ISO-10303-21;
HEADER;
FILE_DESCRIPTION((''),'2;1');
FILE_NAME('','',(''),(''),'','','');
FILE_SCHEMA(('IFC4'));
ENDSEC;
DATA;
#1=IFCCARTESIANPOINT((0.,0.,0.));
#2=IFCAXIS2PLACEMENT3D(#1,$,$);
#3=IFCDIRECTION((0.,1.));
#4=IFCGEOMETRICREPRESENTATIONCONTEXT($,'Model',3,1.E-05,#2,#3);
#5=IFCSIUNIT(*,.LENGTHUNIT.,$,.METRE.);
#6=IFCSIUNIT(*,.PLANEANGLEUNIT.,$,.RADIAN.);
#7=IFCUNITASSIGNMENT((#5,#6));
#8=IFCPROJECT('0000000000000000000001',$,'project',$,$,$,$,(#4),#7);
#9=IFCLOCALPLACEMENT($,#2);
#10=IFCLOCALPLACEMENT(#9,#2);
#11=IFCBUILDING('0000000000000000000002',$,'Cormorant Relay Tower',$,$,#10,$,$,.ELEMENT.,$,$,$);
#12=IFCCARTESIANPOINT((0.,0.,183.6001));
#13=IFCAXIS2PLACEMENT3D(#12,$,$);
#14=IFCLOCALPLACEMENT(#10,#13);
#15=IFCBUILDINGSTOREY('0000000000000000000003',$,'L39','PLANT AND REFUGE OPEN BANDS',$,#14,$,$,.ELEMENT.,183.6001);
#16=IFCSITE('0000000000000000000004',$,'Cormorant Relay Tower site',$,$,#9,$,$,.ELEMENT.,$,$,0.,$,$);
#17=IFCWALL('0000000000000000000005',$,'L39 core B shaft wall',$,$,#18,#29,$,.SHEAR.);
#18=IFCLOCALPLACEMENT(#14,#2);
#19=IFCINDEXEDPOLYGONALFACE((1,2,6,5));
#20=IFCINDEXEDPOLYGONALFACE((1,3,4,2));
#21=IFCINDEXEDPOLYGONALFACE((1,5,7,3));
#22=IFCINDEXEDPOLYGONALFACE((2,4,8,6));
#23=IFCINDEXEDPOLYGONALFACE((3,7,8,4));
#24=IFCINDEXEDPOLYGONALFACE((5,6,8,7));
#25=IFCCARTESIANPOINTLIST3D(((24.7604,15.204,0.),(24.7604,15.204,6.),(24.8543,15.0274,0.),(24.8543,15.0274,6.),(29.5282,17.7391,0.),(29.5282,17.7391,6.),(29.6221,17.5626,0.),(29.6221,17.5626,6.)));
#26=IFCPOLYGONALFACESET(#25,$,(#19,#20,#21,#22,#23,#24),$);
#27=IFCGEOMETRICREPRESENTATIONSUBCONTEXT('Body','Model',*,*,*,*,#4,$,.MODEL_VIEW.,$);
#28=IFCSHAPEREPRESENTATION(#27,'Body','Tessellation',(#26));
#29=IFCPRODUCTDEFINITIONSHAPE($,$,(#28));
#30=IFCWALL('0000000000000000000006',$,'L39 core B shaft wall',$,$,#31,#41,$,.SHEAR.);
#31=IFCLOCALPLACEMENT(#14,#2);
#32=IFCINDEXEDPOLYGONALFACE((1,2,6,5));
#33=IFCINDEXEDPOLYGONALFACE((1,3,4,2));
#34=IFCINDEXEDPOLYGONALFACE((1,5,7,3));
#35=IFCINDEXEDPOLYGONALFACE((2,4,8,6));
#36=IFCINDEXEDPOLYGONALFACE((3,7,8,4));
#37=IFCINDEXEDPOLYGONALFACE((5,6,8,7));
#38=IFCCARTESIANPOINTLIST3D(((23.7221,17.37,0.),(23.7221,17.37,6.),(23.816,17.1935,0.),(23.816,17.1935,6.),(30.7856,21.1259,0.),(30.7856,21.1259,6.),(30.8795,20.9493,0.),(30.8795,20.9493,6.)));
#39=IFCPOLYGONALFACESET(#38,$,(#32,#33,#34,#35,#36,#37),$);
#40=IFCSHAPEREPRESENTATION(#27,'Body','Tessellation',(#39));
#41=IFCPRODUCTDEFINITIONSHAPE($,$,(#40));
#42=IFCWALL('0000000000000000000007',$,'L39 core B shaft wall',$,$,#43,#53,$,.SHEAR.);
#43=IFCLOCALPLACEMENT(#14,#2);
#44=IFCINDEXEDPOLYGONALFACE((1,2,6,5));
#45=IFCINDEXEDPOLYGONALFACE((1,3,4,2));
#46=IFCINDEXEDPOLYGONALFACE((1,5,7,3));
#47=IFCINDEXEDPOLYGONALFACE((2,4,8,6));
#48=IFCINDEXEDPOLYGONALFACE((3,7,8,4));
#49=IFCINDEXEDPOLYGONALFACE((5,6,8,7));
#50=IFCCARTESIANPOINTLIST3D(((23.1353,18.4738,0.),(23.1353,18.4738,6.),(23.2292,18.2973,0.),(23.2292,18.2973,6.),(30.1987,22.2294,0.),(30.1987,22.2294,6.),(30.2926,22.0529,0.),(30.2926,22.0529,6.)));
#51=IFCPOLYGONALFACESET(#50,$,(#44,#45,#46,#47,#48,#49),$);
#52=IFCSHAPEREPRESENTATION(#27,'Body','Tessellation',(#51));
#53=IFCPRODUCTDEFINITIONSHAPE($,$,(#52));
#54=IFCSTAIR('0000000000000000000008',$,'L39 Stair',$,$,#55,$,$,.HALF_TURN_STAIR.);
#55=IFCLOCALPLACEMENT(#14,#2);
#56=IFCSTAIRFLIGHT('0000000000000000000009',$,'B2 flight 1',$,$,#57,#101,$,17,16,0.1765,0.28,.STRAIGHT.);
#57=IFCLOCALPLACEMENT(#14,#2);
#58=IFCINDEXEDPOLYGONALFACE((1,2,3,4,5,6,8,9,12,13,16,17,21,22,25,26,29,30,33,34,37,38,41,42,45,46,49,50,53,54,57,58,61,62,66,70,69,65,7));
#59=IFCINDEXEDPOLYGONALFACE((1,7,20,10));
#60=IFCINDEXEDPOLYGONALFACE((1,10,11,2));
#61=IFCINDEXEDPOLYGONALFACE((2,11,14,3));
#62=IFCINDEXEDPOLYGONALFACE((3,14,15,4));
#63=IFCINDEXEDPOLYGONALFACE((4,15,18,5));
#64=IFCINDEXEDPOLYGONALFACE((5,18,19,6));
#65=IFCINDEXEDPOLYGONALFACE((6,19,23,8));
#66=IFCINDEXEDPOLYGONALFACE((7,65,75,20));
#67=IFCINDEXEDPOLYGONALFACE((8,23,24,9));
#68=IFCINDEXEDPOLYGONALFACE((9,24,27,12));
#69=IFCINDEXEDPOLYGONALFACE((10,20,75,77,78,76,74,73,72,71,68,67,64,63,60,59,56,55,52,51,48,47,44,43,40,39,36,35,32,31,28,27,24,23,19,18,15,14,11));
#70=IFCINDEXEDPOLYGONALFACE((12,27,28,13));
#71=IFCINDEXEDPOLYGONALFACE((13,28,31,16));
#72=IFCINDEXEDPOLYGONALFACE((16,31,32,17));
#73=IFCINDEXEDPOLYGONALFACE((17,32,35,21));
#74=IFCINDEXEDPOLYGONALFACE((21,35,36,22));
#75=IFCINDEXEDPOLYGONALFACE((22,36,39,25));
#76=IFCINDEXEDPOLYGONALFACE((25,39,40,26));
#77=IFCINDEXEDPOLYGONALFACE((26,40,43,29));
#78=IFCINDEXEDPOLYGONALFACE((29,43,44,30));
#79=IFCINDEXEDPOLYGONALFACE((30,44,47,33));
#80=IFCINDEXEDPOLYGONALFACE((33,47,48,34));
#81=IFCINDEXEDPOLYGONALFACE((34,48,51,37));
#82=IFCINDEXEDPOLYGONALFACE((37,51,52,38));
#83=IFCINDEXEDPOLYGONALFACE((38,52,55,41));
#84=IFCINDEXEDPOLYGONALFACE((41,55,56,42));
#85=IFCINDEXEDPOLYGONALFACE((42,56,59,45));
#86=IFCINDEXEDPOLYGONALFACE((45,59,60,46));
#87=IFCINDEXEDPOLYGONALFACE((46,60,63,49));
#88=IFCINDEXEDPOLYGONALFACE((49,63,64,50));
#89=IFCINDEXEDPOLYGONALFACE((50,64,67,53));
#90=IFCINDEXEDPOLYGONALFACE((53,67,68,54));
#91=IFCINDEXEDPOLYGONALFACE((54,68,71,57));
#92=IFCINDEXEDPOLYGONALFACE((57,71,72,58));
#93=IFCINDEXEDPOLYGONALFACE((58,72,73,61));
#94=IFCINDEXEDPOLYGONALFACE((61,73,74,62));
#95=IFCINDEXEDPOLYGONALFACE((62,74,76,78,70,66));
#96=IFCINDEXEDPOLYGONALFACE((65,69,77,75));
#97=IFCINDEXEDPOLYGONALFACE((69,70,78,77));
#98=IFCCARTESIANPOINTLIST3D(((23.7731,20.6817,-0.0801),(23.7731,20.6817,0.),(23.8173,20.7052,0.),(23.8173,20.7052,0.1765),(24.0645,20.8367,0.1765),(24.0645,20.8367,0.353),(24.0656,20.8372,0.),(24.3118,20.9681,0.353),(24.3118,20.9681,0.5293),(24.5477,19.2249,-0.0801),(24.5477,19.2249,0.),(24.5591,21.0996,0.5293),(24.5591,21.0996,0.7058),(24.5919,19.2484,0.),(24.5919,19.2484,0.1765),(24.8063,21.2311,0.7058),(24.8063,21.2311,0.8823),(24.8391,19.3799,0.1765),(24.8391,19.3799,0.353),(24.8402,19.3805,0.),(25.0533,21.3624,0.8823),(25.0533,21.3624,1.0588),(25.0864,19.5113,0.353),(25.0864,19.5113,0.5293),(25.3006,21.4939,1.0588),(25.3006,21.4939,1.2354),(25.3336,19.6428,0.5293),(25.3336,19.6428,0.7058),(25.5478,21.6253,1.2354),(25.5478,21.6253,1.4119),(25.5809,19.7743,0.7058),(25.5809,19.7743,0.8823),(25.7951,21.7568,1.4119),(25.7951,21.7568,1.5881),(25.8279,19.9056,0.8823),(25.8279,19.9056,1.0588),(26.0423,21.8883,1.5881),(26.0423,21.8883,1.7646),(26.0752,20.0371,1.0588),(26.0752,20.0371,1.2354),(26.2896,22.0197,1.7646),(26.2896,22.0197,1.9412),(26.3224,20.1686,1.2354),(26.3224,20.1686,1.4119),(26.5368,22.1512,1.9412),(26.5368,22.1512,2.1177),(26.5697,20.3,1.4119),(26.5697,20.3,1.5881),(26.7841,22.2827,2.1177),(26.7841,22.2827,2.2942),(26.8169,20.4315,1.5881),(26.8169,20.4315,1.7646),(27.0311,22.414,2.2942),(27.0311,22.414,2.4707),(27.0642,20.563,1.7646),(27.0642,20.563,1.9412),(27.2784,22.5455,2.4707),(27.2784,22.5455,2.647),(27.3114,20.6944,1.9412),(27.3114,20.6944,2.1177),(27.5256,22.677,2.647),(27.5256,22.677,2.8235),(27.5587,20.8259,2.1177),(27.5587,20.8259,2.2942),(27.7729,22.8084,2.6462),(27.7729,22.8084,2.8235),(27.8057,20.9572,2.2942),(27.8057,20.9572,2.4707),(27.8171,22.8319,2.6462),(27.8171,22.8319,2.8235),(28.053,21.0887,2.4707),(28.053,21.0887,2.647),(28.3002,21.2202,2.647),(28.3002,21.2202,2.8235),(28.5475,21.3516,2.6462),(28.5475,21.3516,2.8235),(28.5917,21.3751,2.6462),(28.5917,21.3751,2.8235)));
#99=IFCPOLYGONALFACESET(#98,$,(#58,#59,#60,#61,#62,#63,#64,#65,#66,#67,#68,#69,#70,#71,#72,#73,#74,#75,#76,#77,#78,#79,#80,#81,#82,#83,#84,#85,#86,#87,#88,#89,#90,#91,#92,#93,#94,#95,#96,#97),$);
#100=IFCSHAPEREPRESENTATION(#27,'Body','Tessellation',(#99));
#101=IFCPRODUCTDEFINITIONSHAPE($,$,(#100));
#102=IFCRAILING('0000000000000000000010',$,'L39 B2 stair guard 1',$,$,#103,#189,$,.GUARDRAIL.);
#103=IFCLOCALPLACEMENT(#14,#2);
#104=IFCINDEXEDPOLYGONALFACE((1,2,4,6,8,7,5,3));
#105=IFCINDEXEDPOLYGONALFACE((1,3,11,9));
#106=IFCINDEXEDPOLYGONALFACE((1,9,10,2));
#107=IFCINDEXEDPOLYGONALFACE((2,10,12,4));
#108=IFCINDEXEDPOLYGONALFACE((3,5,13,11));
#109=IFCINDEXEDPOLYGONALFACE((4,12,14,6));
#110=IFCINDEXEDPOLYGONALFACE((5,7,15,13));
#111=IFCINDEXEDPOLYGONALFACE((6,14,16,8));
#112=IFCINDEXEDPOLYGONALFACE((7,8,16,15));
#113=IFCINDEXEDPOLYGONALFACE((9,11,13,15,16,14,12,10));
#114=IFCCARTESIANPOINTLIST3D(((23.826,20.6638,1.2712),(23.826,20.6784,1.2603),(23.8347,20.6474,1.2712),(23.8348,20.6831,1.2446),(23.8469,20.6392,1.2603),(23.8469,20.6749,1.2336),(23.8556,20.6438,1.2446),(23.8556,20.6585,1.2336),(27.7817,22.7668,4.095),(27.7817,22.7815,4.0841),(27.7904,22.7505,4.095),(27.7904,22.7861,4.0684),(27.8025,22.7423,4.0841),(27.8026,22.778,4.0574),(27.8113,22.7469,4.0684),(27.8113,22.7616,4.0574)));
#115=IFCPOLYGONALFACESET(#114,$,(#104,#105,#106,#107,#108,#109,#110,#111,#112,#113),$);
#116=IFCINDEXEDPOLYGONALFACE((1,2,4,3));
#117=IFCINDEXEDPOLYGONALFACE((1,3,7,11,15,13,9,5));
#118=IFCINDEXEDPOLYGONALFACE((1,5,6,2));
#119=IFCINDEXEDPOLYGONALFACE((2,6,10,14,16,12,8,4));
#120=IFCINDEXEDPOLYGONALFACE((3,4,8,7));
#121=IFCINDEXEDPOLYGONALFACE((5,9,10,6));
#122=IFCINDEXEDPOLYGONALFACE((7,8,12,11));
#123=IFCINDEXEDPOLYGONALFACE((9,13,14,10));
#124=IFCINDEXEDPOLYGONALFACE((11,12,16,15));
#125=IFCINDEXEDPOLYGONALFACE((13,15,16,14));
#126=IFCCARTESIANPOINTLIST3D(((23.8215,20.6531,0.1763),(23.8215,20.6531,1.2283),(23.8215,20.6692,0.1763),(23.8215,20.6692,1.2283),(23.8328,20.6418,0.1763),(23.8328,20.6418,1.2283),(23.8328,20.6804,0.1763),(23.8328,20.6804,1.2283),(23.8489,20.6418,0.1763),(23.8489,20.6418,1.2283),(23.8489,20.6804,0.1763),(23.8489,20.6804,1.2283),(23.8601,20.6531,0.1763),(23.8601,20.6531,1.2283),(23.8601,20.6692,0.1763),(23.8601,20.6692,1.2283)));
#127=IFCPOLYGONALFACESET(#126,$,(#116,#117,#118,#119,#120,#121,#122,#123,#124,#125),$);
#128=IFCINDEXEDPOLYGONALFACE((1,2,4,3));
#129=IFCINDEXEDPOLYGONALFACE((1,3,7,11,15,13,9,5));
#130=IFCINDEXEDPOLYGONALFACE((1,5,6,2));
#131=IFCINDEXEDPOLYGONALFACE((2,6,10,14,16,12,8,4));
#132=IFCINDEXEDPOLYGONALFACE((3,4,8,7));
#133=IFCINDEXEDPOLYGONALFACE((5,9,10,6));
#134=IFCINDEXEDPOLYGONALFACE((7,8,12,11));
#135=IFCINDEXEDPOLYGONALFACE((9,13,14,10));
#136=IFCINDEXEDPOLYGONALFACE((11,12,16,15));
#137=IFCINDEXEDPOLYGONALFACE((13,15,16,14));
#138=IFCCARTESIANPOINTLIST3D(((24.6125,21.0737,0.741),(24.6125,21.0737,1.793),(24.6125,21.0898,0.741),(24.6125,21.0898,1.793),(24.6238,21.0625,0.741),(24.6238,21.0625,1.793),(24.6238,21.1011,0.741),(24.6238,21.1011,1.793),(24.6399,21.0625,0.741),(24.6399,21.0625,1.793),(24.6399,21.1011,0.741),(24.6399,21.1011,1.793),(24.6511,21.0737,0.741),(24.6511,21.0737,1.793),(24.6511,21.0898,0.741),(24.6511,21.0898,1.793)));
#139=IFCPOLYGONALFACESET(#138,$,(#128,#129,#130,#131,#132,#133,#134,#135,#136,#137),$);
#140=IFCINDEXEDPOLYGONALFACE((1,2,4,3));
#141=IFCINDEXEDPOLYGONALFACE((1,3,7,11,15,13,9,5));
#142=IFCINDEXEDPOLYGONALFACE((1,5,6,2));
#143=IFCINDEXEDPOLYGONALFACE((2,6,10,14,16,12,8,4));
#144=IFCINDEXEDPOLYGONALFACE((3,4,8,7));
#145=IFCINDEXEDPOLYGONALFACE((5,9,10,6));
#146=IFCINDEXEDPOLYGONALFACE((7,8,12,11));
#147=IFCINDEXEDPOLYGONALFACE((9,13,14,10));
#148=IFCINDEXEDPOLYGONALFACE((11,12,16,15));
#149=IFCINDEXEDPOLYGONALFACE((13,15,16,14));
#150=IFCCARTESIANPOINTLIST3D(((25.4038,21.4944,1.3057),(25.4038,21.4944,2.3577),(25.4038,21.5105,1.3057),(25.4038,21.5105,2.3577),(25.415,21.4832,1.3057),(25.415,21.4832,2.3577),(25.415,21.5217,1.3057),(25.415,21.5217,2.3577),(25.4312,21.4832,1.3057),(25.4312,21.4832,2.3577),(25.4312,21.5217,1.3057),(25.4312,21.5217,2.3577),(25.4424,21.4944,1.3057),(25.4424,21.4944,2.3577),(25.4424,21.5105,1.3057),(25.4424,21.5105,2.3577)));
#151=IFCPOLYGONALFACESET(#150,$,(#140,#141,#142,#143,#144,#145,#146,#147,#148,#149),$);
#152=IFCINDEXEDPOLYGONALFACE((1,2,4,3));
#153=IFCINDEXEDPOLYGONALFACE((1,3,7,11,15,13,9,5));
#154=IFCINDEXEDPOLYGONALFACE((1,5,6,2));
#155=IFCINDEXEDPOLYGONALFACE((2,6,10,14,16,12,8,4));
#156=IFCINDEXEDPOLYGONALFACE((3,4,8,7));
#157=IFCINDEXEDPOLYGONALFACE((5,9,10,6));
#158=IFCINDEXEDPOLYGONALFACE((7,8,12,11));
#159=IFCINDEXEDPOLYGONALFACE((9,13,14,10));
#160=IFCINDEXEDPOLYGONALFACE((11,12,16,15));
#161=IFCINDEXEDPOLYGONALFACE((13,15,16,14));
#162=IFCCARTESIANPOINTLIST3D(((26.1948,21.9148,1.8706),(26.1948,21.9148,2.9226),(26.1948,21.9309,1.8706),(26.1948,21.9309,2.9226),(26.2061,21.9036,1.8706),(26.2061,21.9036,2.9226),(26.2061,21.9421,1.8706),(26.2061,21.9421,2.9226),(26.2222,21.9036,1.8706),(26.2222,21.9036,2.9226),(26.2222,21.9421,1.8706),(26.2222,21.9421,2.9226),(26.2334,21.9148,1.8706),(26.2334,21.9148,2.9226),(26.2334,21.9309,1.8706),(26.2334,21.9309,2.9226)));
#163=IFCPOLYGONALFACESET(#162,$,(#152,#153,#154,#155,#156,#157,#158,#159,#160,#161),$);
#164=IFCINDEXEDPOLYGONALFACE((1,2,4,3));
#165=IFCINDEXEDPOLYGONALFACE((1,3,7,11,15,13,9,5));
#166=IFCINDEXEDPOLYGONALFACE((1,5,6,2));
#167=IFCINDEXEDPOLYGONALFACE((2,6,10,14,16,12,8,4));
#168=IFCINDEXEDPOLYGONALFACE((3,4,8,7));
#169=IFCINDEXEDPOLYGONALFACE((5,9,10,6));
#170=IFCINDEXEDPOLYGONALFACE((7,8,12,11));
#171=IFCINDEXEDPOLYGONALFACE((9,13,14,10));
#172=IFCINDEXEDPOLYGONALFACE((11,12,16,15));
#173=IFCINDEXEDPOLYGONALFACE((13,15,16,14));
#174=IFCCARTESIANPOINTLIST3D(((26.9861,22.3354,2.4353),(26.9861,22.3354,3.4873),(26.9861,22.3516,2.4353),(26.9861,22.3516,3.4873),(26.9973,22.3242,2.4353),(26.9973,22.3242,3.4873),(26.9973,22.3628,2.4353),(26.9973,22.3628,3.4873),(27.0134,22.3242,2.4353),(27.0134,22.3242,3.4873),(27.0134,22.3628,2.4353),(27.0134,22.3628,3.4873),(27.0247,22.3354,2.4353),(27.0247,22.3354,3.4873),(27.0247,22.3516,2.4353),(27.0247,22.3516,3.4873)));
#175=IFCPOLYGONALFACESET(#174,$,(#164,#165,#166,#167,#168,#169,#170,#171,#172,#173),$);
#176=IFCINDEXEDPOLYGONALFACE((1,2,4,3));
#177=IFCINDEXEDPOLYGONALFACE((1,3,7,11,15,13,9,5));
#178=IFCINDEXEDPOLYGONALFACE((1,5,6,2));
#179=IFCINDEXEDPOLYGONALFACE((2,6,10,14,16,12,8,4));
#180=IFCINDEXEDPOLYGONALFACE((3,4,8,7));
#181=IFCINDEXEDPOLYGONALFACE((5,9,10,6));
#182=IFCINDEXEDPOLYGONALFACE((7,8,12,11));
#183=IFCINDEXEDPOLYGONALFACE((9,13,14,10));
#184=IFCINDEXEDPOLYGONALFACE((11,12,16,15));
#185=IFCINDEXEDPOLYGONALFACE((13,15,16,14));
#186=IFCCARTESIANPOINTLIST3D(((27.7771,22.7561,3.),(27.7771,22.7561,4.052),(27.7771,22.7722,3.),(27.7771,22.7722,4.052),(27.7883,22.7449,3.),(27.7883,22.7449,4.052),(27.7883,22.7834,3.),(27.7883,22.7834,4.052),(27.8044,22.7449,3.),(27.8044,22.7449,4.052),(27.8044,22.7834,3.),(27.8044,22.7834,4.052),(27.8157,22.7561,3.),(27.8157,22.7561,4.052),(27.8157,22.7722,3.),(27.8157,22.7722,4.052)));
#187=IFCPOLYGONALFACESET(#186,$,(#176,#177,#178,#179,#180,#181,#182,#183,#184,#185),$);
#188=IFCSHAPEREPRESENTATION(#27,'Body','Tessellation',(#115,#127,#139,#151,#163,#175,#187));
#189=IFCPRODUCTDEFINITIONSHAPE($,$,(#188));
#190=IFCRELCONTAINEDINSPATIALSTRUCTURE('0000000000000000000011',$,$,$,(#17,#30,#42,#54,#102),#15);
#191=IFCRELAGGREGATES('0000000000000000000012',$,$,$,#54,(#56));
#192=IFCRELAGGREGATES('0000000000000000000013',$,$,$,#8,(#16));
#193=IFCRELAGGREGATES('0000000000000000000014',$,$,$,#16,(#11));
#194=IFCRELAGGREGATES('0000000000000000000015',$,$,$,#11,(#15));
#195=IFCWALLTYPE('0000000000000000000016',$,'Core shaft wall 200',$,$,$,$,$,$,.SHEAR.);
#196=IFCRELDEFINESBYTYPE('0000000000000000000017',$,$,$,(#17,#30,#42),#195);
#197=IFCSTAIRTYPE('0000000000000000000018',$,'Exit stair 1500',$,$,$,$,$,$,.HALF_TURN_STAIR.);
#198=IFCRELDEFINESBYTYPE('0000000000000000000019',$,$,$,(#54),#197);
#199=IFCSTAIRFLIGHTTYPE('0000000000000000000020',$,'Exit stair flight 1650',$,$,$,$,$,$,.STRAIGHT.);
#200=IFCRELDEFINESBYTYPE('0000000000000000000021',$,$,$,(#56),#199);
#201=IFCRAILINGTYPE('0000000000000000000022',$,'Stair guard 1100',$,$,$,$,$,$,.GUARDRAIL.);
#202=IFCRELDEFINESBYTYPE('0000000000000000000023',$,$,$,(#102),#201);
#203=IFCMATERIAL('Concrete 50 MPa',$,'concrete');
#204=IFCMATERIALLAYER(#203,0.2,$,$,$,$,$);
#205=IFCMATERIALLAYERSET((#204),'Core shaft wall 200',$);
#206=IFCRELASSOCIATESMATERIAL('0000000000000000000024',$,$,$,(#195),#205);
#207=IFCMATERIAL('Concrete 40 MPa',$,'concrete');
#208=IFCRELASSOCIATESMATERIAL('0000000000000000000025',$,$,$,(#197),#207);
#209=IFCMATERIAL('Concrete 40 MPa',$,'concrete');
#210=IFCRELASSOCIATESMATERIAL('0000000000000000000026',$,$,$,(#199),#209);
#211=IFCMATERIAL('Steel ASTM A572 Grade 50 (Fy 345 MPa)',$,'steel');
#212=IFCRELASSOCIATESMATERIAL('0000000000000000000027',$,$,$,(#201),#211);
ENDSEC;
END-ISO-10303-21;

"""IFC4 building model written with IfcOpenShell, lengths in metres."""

from ifc_helpers import new_model, si_unit, direction, frame, frame_2d, origin, place, context, subcontext, project, spatial, polyline, rectangle, outline, extrude, material, layer, layer_set, type_object, element, aggregate, save


model = new_model("IFC4")

# Units and contexts
model_context = context("Model", 3, precision=1e-05, world=origin(), true_north=direction((0.0, 1.0)))
body_context = subcontext(model_context, "Body", "Model", "MODEL_VIEW")
ifc_project = project(units=[si_unit("LENGTHUNIT", "METRE"), si_unit("PLANEANGLEUNIT", "RADIAN")], contexts=[model_context])

# Site, building, storey
site_placement = place(None, origin())
site = spatial("IfcSite", under=ifc_project, at=site_placement, Name="Cormorant Relay Tower site", CompositionType="ELEMENT", RefElevation=0.0)
building_placement = place(site_placement, origin())
building = spatial("IfcBuilding", under=site, at=building_placement, Name="Cormorant Relay Tower", CompositionType="ELEMENT")
storey_placement = place(building_placement, frame((0.0, 0.0, 183.6001)))
storey = spatial("IfcBuildingStorey", under=building, at=storey_placement, Name="L39", Description="PLANT AND REFUGE OPEN BANDS", CompositionType="ELEMENT", Elevation=183.6001)

# Shared definitions
ifc_material_1 = material(Name="Concrete 50 MPa", Category="concrete")
ifc_layer_1 = layer(ifc_material_1, 0.2)
ifc_layer_set_1 = layer_set([ifc_layer_1], Name="Core shaft wall 200")
wall_type_1 = type_object("IfcWallType", Name="Core shaft wall 200", PredefinedType="SHEAR", material=ifc_layer_set_1)

# Walls
wall_1_placement = place(storey_placement, frame((24.8074, 15.1157, 0.0), z_axis=(0.0, 0.0, 1.0), x_axis=(0.882943, 0.46948, 0.0)))
element("IfcWall", 1, at=wall_1_placement, inside=storey, type_object=wall_type_1, Name="L39 core B shaft wall", PredefinedType="SHEAR", context=body_context, shape_type="SweptSolid", body=[
    extrude(rectangle(XDim=5.3999, YDim=0.2, at=frame_2d((2.7, 0.0))), origin(), (0.0, 0.0, 1.0), 6.0),
])
wall_2_placement = place(storey_placement, frame((23.769, 17.2817, 0.0), z_axis=(0.0, 0.0, 1.0), x_axis=(0.88294, 0.469485, 0.0)))
element("IfcWall", 2, at=wall_2_placement, inside=storey, type_object=wall_type_1, Name="L39 core B shaft wall", PredefinedType="SHEAR", context=body_context, shape_type="SweptSolid", body=[
    extrude(rectangle(XDim=8.0, YDim=0.2, at=frame_2d((4.0, 0.0))), origin(), (0.0, 0.0, 1.0), 6.0),
])
wall_3_placement = place(storey_placement, frame((23.1821, 18.3855, 0.0), z_axis=(0.0, 0.0, 1.0), x_axis=(0.882953, 0.469462, 0.0)))
element("IfcWall", 3, at=wall_3_placement, inside=storey, type_object=wall_type_1, Name="L39 core B shaft wall", PredefinedType="SHEAR", context=body_context, shape_type="SweptSolid", body=[
    extrude(rectangle(XDim=7.9998, YDim=0.2, at=frame_2d((4.0, 0.0))), origin(), (0.0, 0.0, 1.0), 6.0),
])

# Stair, stair flight
ifc_material_2 = material(Name="Concrete 40 MPa", Category="concrete")
stair_type = type_object("IfcStairType", Name="Exit stair 1500", PredefinedType="HALF_TURN_STAIR", material=ifc_material_2)
stair_placement = place(storey_placement, origin())
stair = element("IfcStair", 4, at=stair_placement, inside=storey, type_object=stair_type, Name="L39 Stair", PredefinedType="HALF_TURN_STAIR")
ifc_material_3 = material(Name="Concrete 40 MPa", Category="concrete")
stair_flight_type = type_object("IfcStairFlightType", Name="Exit stair flight 1650", PredefinedType="STRAIGHT", material=ifc_material_3)
stair_flight_placement = place(storey_placement, frame((24.2046, 19.9768, 0.0), z_axis=(0.0, 0.0, 1.0), x_axis=(0.882948, 0.469472, 0.0)))
stair_flight = element("IfcStairFlight", 5, at=stair_flight_placement, type_object=stair_flight_type, Name="B2 flight 1", NumberOfRisers=17, NumberOfTreads=16, PredefinedType="STRAIGHT", RiserHeight=0.1765, TreadLength=0.28, context=body_context, shape_type="SweptSolid", body=[
    extrude(outline(polyline([(-0.05, -0.0801), (-0.05, 0.0), (0.0, 0.0), (0.0, 0.1765), (0.28, 0.1765), (0.28, 0.353), (0.5601, 0.353), (0.5601, 0.5293), (0.8401, 0.5293), (0.8401, 0.7058), (1.1201, 0.7058), (1.1201, 0.8823), (1.3999, 0.8823), (1.3999, 1.0588), (1.6799, 1.0588), (1.6799, 1.2354), (1.96, 1.2354), (1.96, 1.4119), (2.24, 1.4119), (2.24, 1.5881), (2.52, 1.5881), (2.52, 1.7646), (2.8, 1.7646), (2.8, 1.9412), (3.0801, 1.9412), (3.0801, 2.1177), (3.3601, 2.1177), (3.3601, 2.2942), (3.6399, 2.2942), (3.6399, 2.4707), (3.9199, 2.4707), (3.9199, 2.647), (4.2, 2.647), (4.2, 2.8235), (4.48, 2.8235), (4.53, 2.8235), (4.53, 2.6462), (4.48, 2.6462), (0.2812, 0.0), (-0.05, -0.0801)])), frame((0.0, 0.825, 0.0), z_axis=(0.0, -1.0, 0.0), x_axis=(1.0, 0.0, 0.0)), (0.0, 0.0, 1.0), 1.6499),
])
aggregate(stair, [stair_flight])

# Railing
ifc_material_4 = material(Name="Steel ASTM A572 Grade 50 (Fy 345 MPa)", Category="steel")
railing_type_1 = type_object("IfcRailingType", Name="Stair guard 1100", PredefinedType="GUARDRAIL", material=ifc_material_4)
railing_1_placement = place(storey_placement, frame((23.8408, 20.6611, 0.1763)))
element("IfcRailing", 6, at=railing_1_placement, inside=storey, type_object=railing_type_1, Name="L39 B2 stair guard 1", PredefinedType="GUARDRAIL", context=body_context, shape_type="SweptSolid", body=[
    extrude(outline(polyline([(0.0222, 0.0093), (0.0093, 0.0222), (-0.0093, 0.0222), (-0.0222, 0.0093), (-0.0222, -0.0093), (-0.0093, -0.0222), (0.0093, -0.0222), (0.0222, -0.0093), (0.0222, 0.0093)])), frame((0.0, 0.0, 1.0762), z_axis=(0.746963, 0.397132, 0.533229), x_axis=(-0.469439, 0.882965, 0.0)), (0.0, 0.0, 1.0), 5.2957),
    extrude(outline(polyline([(0.0193, 0.0081), (0.0081, 0.0193), (-0.0081, 0.0193), (-0.0193, 0.0081), (-0.0193, -0.0081), (-0.0081, -0.0193), (0.0081, -0.0193), (0.0193, -0.0081), (0.0193, 0.0081)])), origin(), (0.0, 0.0, 1.0), 1.052),
    extrude(outline(polyline([(0.0193, 0.0081), (0.0081, 0.0193), (-0.0081, 0.0193), (-0.0193, 0.0081), (-0.0193, -0.0081), (-0.0081, -0.0193), (0.0081, -0.0193), (0.0193, -0.0081), (0.0193, 0.0081)])), frame((0.791, 0.4207, 0.5647)), (0.0, 0.0, 1.0), 1.052),
    extrude(outline(polyline([(0.0193, 0.0081), (0.0081, 0.0193), (-0.0081, 0.0193), (-0.0193, 0.0081), (-0.0193, -0.0081), (-0.0081, -0.0193), (0.0081, -0.0193), (0.0193, -0.0081), (0.0193, 0.0081)])), frame((1.5823, 0.8413, 1.1294)), (0.0, 0.0, 1.0), 1.052),
    extrude(outline(polyline([(0.0193, 0.0081), (0.0081, 0.0193), (-0.0081, 0.0193), (-0.0193, 0.0081), (-0.0193, -0.0081), (-0.0081, -0.0193), (0.0081, -0.0193), (0.0193, -0.0081), (0.0193, 0.0081)])), frame((2.3733, 1.2617, 1.6943)), (0.0, 0.0, 1.0), 1.052),
    extrude(outline(polyline([(0.0193, 0.0081), (0.0081, 0.0193), (-0.0081, 0.0193), (-0.0193, 0.0081), (-0.0193, -0.0081), (-0.0081, -0.0193), (0.0081, -0.0193), (0.0193, -0.0081), (0.0193, 0.0081)])), frame((3.1646, 1.6824, 2.259)), (0.0, 0.0, 1.0), 1.052),
    extrude(outline(polyline([(0.0193, 0.0081), (0.0081, 0.0193), (-0.0081, 0.0193), (-0.0193, 0.0081), (-0.0193, -0.0081), (-0.0081, -0.0193), (0.0081, -0.0193), (0.0193, -0.0081), (0.0193, 0.0081)])), frame((3.9556, 2.103, 2.8237)), (0.0, 0.0, 1.0), 1.052),
])

save(model, "model.ifc")
